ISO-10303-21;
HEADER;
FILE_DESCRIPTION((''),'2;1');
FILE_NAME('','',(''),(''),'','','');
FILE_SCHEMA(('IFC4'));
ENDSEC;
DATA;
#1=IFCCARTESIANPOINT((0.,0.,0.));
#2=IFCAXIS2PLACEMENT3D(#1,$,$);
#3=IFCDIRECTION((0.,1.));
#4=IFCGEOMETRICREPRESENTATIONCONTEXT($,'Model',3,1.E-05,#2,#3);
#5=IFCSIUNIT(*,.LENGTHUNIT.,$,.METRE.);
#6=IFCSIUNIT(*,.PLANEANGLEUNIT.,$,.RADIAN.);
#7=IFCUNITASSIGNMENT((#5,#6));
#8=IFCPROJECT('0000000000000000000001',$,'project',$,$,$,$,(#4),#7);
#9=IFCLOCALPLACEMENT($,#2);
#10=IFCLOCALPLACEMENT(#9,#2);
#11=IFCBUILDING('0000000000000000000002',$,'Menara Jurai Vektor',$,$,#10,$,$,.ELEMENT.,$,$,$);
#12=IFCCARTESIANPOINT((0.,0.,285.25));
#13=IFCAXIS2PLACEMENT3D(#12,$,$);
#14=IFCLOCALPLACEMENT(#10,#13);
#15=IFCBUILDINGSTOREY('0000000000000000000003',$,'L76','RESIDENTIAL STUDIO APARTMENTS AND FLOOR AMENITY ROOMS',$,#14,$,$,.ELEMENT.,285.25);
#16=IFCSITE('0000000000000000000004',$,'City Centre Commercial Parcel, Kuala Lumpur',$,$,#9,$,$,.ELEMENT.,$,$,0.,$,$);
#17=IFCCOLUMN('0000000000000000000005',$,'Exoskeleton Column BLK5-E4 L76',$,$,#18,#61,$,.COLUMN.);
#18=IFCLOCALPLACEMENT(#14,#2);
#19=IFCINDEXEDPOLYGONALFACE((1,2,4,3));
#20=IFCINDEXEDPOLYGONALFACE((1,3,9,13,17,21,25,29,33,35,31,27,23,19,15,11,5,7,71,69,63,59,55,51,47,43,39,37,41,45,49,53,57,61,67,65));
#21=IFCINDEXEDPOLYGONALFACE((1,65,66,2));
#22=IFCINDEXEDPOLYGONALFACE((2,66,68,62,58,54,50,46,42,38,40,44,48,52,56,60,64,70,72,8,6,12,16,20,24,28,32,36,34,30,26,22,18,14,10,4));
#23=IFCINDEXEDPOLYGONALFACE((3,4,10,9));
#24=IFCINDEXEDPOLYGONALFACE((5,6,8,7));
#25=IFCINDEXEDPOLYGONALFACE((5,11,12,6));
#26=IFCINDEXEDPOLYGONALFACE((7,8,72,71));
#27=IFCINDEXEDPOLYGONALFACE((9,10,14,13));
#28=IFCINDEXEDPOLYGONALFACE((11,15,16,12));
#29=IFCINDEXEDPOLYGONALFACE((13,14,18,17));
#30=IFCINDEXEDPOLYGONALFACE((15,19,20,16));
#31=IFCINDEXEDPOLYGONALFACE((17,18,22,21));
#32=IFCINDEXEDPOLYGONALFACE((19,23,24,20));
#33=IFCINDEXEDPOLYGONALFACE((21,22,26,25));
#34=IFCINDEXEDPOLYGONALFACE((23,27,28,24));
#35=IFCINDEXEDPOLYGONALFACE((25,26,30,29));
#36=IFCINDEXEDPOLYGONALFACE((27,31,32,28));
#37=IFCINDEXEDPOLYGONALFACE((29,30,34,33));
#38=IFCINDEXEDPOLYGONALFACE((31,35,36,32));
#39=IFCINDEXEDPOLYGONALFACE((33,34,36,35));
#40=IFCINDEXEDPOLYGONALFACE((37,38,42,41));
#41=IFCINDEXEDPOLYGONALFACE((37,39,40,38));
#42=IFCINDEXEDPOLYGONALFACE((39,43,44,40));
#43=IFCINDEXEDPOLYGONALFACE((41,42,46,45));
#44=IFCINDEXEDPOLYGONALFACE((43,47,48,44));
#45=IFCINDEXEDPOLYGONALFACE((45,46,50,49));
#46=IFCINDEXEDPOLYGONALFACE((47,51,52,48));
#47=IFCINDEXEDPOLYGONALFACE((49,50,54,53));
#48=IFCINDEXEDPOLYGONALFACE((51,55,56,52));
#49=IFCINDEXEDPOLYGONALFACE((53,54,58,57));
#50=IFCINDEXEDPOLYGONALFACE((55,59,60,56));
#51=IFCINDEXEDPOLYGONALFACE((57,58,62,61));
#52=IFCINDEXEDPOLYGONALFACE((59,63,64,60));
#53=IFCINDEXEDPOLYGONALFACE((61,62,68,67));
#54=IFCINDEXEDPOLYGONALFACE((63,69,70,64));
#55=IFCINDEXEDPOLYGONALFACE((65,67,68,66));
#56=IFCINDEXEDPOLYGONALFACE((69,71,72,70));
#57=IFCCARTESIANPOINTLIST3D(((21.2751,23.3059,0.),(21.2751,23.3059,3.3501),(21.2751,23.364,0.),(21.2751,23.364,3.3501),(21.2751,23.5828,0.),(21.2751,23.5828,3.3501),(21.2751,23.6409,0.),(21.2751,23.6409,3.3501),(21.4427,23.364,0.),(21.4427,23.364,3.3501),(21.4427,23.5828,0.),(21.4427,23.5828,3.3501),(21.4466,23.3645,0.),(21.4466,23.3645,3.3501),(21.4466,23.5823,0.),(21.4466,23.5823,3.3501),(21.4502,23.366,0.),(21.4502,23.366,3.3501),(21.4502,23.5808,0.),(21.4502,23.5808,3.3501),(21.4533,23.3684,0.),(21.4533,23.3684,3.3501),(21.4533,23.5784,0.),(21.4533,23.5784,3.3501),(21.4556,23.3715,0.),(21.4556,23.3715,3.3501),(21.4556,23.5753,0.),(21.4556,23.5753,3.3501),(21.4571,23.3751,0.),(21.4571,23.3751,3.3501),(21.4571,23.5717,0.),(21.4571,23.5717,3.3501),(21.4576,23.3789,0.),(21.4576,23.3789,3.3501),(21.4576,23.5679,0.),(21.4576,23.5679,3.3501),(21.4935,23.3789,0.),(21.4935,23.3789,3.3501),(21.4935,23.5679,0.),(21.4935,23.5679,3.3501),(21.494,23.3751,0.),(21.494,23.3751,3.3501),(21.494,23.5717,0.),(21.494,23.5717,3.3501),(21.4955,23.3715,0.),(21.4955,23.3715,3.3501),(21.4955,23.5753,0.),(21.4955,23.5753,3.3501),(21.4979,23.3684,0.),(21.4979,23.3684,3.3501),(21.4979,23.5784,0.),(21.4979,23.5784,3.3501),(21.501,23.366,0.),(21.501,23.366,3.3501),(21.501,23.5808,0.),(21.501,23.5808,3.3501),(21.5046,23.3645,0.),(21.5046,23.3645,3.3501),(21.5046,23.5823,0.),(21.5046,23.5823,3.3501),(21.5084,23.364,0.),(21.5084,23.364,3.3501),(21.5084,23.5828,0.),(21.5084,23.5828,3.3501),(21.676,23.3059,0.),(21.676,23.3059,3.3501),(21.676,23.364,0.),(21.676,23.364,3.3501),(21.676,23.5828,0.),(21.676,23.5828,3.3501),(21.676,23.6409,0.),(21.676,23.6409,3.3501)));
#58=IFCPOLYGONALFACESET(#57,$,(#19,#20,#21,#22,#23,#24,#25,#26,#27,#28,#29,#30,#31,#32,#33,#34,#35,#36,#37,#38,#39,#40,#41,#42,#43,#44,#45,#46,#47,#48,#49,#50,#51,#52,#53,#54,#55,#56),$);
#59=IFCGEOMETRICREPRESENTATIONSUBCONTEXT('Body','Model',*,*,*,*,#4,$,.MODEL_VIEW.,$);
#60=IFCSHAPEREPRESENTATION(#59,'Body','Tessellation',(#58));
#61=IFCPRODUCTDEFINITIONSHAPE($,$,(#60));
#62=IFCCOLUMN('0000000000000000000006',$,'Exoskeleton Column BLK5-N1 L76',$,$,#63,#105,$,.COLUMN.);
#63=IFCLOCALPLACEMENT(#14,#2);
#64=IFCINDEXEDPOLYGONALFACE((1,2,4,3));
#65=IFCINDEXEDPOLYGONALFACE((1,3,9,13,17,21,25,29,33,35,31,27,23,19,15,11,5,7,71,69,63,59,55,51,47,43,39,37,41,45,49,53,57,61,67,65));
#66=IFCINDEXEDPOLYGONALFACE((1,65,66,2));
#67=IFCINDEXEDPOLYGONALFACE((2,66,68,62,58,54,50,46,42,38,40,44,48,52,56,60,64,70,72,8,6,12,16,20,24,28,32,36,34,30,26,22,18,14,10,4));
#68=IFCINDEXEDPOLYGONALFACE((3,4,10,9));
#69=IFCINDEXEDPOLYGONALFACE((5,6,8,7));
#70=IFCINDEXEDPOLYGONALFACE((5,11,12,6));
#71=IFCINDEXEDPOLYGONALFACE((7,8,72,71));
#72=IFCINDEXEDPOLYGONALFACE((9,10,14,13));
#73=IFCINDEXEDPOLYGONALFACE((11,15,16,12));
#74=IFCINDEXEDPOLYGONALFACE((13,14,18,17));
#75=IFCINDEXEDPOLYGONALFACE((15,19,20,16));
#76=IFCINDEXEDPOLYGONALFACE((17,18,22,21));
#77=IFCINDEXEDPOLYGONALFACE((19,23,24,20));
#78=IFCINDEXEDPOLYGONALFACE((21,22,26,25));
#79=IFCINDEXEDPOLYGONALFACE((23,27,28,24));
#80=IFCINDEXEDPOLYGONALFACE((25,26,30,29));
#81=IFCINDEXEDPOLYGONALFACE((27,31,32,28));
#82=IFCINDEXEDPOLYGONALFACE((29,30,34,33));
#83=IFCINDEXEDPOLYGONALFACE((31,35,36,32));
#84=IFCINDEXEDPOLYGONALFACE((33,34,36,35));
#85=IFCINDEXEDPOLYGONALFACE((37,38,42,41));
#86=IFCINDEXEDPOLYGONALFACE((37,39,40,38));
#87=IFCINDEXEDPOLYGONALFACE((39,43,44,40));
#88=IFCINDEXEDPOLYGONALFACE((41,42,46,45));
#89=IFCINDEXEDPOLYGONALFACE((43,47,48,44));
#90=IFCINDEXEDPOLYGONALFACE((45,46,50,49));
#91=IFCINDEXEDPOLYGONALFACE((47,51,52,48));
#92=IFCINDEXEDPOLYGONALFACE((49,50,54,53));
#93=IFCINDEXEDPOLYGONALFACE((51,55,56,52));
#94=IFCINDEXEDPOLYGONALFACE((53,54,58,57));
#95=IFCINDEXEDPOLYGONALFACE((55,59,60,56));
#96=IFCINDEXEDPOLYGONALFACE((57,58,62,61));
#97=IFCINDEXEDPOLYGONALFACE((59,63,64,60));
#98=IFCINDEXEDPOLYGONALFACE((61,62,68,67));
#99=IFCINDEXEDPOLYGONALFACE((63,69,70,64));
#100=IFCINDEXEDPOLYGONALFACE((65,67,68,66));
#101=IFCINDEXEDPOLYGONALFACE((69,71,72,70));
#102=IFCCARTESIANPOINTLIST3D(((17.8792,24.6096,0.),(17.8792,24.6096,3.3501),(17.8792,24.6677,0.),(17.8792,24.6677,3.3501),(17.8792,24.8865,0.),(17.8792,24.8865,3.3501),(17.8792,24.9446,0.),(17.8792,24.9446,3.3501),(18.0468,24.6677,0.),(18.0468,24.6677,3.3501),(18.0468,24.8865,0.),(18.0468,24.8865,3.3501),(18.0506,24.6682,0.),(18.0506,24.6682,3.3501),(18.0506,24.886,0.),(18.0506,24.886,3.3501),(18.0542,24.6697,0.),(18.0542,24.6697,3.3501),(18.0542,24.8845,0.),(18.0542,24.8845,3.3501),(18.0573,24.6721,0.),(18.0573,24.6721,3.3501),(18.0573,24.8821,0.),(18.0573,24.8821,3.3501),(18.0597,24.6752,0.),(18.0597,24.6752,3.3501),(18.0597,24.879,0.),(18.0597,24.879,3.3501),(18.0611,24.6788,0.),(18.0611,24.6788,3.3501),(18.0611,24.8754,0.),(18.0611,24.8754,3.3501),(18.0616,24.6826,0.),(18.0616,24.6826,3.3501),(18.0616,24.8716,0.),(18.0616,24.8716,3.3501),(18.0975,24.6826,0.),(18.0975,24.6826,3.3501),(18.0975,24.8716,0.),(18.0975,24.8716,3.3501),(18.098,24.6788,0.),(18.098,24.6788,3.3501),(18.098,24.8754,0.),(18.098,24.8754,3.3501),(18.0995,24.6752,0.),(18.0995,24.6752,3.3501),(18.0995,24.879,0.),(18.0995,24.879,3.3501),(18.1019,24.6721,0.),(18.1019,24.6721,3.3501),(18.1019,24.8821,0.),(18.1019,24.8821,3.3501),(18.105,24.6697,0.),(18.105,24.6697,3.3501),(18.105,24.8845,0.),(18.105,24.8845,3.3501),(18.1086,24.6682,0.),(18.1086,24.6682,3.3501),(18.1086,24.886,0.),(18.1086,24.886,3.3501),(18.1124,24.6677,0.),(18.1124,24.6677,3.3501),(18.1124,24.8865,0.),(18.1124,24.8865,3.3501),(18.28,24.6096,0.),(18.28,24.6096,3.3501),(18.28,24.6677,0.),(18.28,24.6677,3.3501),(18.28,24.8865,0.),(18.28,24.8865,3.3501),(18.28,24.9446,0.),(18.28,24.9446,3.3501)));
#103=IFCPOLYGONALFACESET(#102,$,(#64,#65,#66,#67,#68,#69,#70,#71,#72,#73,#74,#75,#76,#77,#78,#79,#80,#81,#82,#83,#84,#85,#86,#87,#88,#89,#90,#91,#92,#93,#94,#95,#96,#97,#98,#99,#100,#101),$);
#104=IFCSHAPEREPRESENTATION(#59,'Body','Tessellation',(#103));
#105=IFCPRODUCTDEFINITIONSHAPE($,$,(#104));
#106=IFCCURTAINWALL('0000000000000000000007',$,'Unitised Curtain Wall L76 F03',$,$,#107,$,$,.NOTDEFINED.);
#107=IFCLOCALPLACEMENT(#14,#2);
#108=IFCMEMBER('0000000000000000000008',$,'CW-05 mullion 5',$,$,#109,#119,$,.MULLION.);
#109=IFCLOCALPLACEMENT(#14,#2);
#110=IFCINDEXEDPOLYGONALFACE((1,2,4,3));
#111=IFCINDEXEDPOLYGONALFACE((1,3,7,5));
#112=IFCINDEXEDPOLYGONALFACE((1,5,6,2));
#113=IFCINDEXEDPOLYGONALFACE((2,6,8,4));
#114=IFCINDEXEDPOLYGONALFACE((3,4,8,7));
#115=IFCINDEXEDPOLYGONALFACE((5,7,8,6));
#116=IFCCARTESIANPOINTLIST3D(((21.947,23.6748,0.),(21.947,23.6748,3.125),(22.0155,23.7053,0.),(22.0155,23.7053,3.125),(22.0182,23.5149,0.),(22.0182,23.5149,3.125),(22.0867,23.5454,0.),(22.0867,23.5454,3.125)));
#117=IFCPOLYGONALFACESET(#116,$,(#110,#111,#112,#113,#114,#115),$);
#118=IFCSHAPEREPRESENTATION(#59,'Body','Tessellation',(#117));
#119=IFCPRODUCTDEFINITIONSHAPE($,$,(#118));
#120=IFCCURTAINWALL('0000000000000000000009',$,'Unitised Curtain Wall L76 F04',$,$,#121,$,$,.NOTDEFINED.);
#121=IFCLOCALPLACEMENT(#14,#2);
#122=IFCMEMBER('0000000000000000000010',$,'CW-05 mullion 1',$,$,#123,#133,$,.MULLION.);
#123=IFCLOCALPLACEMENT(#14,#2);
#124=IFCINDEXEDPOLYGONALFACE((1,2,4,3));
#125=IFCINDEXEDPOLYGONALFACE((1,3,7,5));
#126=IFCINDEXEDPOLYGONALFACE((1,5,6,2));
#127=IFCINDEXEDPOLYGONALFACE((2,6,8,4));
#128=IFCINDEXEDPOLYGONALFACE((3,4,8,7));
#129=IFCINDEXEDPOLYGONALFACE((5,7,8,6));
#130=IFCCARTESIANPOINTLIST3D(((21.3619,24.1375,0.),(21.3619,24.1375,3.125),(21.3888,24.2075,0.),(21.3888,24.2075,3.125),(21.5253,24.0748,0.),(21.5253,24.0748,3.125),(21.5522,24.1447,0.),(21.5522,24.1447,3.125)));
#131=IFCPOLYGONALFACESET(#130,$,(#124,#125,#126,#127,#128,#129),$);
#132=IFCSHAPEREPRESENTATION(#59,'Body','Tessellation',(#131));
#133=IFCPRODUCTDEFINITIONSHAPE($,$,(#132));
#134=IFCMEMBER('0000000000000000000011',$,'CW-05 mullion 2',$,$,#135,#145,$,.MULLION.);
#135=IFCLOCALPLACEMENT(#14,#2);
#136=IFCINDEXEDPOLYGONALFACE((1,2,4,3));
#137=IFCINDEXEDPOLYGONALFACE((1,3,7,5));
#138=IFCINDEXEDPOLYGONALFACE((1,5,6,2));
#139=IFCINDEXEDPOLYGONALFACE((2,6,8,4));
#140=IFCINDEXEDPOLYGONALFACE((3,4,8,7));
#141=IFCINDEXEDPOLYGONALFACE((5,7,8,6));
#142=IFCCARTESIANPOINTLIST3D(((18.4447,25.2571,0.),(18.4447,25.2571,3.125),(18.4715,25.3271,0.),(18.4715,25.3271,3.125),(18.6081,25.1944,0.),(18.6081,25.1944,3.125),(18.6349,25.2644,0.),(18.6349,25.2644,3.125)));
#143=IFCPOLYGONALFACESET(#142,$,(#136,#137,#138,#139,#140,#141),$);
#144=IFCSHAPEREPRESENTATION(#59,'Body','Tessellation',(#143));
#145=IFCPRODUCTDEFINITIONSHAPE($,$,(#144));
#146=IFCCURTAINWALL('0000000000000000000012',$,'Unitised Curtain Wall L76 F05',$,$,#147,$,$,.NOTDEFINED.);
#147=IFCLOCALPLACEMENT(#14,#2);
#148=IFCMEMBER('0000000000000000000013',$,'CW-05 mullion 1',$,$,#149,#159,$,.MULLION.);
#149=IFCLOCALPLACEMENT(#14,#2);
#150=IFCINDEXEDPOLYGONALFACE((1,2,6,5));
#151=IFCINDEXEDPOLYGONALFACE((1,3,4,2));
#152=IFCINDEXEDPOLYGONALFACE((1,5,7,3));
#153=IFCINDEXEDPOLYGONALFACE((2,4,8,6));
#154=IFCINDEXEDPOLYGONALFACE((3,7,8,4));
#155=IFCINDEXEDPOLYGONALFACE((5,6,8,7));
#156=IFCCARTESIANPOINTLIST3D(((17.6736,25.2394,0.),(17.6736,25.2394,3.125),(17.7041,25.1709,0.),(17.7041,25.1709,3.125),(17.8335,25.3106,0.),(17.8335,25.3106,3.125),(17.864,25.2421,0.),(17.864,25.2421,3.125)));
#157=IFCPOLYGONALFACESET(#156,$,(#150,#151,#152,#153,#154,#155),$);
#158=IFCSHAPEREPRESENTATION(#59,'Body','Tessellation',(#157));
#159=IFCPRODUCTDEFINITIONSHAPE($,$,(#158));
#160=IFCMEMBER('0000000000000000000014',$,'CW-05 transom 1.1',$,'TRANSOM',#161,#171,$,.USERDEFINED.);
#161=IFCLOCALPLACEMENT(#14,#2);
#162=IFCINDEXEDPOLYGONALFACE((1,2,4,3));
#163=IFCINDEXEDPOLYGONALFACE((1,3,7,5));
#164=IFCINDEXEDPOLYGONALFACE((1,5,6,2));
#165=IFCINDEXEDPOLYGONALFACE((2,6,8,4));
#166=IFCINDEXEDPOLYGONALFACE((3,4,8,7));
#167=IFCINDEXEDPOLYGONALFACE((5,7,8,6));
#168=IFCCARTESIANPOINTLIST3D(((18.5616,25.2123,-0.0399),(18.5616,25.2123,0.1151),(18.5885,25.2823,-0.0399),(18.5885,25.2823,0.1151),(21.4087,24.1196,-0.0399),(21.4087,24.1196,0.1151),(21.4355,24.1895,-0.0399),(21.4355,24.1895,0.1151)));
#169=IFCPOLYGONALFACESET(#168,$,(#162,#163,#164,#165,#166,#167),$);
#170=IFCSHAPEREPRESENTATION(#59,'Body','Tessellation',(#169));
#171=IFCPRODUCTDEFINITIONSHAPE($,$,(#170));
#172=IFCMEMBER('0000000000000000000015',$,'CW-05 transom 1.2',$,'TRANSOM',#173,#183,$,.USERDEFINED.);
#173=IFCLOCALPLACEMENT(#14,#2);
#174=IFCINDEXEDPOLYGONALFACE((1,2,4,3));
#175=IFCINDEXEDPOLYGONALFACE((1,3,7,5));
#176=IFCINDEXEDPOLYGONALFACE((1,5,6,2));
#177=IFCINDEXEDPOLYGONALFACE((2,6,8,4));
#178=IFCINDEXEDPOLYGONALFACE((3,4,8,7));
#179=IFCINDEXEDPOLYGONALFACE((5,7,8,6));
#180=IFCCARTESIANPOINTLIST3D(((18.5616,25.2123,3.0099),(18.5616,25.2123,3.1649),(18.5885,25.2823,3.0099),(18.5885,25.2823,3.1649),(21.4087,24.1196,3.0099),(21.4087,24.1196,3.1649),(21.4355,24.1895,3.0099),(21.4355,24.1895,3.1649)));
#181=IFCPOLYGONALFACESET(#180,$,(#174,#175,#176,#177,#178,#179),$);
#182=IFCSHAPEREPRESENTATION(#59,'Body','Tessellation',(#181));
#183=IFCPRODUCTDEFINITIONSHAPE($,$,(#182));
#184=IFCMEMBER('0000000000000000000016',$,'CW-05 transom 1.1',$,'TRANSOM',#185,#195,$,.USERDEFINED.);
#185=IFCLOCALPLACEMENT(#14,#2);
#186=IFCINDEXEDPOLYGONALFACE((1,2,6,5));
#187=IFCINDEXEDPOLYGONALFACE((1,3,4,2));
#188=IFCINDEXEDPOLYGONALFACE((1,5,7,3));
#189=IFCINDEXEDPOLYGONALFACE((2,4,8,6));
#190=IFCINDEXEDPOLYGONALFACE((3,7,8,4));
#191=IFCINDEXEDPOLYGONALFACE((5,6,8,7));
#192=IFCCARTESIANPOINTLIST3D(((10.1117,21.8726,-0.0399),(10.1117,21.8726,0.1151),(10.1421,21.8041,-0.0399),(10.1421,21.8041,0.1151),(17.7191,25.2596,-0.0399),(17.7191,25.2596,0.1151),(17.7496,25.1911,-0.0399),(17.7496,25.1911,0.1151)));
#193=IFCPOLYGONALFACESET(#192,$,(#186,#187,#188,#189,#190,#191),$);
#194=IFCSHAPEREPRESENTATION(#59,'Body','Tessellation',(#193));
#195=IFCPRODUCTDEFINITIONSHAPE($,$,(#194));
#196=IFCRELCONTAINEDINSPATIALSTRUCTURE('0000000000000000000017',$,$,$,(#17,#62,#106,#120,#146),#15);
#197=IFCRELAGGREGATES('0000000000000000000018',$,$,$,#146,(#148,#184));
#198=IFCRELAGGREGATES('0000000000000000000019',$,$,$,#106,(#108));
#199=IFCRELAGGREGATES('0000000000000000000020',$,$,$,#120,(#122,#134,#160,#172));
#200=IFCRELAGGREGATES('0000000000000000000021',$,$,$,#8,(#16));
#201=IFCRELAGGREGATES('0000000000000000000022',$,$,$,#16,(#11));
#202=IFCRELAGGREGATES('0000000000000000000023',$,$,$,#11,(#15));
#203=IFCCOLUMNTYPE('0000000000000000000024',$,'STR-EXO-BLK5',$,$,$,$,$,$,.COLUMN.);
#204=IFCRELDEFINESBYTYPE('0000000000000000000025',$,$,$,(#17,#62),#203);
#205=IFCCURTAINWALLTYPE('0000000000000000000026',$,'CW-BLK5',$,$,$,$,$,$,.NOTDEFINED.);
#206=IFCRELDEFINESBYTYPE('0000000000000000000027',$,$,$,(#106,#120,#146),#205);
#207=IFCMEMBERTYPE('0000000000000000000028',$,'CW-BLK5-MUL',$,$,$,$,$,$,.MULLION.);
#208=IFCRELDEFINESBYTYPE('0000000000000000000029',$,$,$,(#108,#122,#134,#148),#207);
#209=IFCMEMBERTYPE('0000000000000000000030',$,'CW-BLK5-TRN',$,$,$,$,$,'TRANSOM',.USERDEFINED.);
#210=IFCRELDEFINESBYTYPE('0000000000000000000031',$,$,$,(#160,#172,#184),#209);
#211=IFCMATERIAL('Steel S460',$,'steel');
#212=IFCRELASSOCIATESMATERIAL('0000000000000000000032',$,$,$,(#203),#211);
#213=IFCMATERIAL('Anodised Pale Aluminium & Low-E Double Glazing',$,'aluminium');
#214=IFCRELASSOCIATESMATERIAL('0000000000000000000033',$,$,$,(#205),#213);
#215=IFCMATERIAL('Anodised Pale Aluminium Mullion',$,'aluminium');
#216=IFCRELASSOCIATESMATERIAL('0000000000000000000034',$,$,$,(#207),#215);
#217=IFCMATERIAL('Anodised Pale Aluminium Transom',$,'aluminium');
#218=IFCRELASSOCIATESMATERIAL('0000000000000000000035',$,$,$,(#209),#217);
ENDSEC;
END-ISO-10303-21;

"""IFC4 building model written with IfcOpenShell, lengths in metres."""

from ifc_helpers import new_model, si_unit, direction, frame, origin, origin_2d, place, context, subcontext, project, spatial, rectangle, i_section, extrude, material, material_profile, profile_set, type_object, element, aggregate, save


model = new_model("IFC4")

# Units and contexts
model_context = context("Model", 3, precision=1e-05, world=origin(), true_north=direction((0.0, 1.0)))
body_context = subcontext(model_context, "Body", "Model", "MODEL_VIEW")
ifc_project = project(units=[si_unit("LENGTHUNIT", "METRE"), si_unit("PLANEANGLEUNIT", "RADIAN")], contexts=[model_context])

# Site, building, storey
site_placement = place(None, origin())
site = spatial("IfcSite", under=ifc_project, at=site_placement, Name="City Centre Commercial Parcel, Kuala Lumpur", CompositionType="ELEMENT", RefElevation=0.0)
building_placement = place(site_placement, origin())
building = spatial("IfcBuilding", under=site, at=building_placement, Name="Menara Jurai Vektor", CompositionType="ELEMENT")
storey_placement = place(building_placement, frame((0.0, 0.0, 285.25)))
storey = spatial("IfcBuildingStorey", under=building, at=storey_placement, Name="L76", Description="RESIDENTIAL STUDIO APARTMENTS AND FLOOR AMENITY ROOMS", CompositionType="ELEMENT", Elevation=285.25)

# Columns
ifc_material_1 = material(Name="Steel S460", Category="steel")
ifc_material_profile_1 = material_profile(ifc_material_1, i_section(OverallWidth=0.4009, OverallDepth=0.335, WebThickness=0.0359, FlangeThickness=0.0581, FilletRadius=0.0149, at=origin_2d()), Name="HD 400x463")
ifc_profile_set_1 = profile_set([ifc_material_profile_1], Name="Steel S460")
column_type = type_object("IfcColumnType", Name="STR-EXO-BLK5", PredefinedType="COLUMN", material=ifc_profile_set_1)
for number, where, z_axis, x_axis, name in (
    (1, (21.4756, 23.4734, 0.0), (0.0, 0.0, 1.0), (1.0, 0.0, 0.0), "Exoskeleton Column BLK5-E4 L76"),
    (2, (18.0796, 24.7771, 0.0), (0.0, 0.0, 1.0), (1.0, 0.0, 0.0), "Exoskeleton Column BLK5-N1 L76"),
):
    element("IfcColumn", number, at=place(storey_placement, frame(where, z_axis=z_axis, x_axis=x_axis)), inside=storey, type_object=column_type, Name=name, PredefinedType="COLUMN", context=body_context, shape_type="SweptSolid", body=[
        extrude(i_section(OverallWidth=0.4009, OverallDepth=0.335, WebThickness=0.0359, FlangeThickness=0.0581, FilletRadius=0.0149, at=origin_2d()), origin(), (0.0, 0.0, 1.0), 3.3501),
    ])

# Curtain wall, member
ifc_material_2 = material(Name="Anodised Pale Aluminium & Low-E Double Glazing", Category="aluminium")
curtain_wall_type = type_object("IfcCurtainWallType", Name="CW-BLK5", PredefinedType="NOTDEFINED", material=ifc_material_2)
curtain_wall_1_placement = place(storey_placement, origin())
curtain_wall_1 = element("IfcCurtainWall", 3, at=curtain_wall_1_placement, inside=storey, type_object=curtain_wall_type, Name="Unitised Curtain Wall L76 F03", PredefinedType="NOTDEFINED")
ifc_material_3 = material(Name="Anodised Pale Aluminium Mullion", Category="aluminium")
ifc_material_profile_2 = material_profile(ifc_material_3, rectangle(XDim=0.075, YDim=0.175, at=origin_2d()), Name="ALU MUL 75x175")
ifc_profile_set_2 = profile_set([ifc_material_profile_2], Name="Anodised Pale Aluminium Mullion")
member_type_1 = type_object("IfcMemberType", Name="CW-BLK5-MUL", PredefinedType="MULLION", material=ifc_profile_set_2)
member_1_placement = place(storey_placement, frame((22.0168, 23.6101, 0.0), z_axis=(0.0, 0.0, 1.0), x_axis=(-0.913546, -0.406735, 0.0)))
member_1 = element("IfcMember", 4, at=member_1_placement, type_object=member_type_1, Name="CW-05 mullion 5", PredefinedType="MULLION", context=body_context, shape_type="SweptSolid", body=[
    extrude(rectangle(XDim=0.075, YDim=0.175, at=origin_2d()), origin(), (0.0, 0.0, 1.0), 3.125),
])

# Curtain wall, members
curtain_wall_2_placement = place(storey_placement, origin())
curtain_wall_2 = element("IfcCurtainWall", 5, at=curtain_wall_2_placement, inside=storey, type_object=curtain_wall_type, Name="Unitised Curtain Wall L76 F04", PredefinedType="NOTDEFINED")
member_2_placement = place(storey_placement, frame((21.457, 24.1411, 0.0), z_axis=(0.0, 0.0, 1.0), x_axis=(-0.358374, -0.933578, 0.0)))
member_2 = element("IfcMember", 6, at=member_2_placement, type_object=member_type_1, Name="CW-05 mullion 1", PredefinedType="MULLION", context=body_context, shape_type="SweptSolid", body=[
    extrude(rectangle(XDim=0.075, YDim=0.175, at=origin_2d()), origin(), (0.0, 0.0, 1.0), 3.125),
])
member_3_placement = place(storey_placement, frame((18.5398, 25.2607, 0.0), z_axis=(0.0, 0.0, 1.0), x_axis=(-0.358374, -0.933578, 0.0)))
member_3 = element("IfcMember", 7, at=member_3_placement, type_object=member_type_1, Name="CW-05 mullion 2", PredefinedType="MULLION", context=body_context, shape_type="SweptSolid", body=[
    extrude(rectangle(XDim=0.075, YDim=0.175, at=origin_2d()), origin(), (0.0, 0.0, 1.0), 3.125),
])

# Curtain wall, member
curtain_wall_3_placement = place(storey_placement, origin())
curtain_wall_3 = element("IfcCurtainWall", 8, at=curtain_wall_3_placement, inside=storey, type_object=curtain_wall_type, Name="Unitised Curtain Wall L76 F05", PredefinedType="NOTDEFINED")
member_4_placement = place(storey_placement, frame((17.7688, 25.2407, 0.0), z_axis=(0.0, 0.0, 1.0), x_axis=(0.406735, -0.913546, 0.0)))
member_4 = element("IfcMember", 9, at=member_4_placement, type_object=member_type_1, Name="CW-05 mullion 1", PredefinedType="MULLION", context=body_context, shape_type="SweptSolid", body=[
    extrude(rectangle(XDim=0.075, YDim=0.175, at=origin_2d()), origin(), (0.0, 0.0, 1.0), 3.125),
])

# Members
ifc_material_4 = material(Name="Anodised Pale Aluminium Transom", Category="aluminium")
ifc_material_profile_3 = material_profile(ifc_material_4, rectangle(XDim=0.075, YDim=0.155, at=origin_2d()), Name="ALU TRN 75x155")
ifc_profile_set_3 = profile_set([ifc_material_profile_3], Name="Anodised Pale Aluminium Transom")
member_type_2 = type_object("IfcMemberType", Name="CW-BLK5-TRN", ElementType="TRANSOM", PredefinedType="USERDEFINED", material=ifc_profile_set_3)
member_5_placement = place(storey_placement, frame((21.4221, 24.1545, 0.0376), z_axis=(-0.933597, 0.358325, 0.0), x_axis=(-0.358325, -0.933597, 0.0)))
member_5 = element("IfcMember", 10, at=member_5_placement, type_object=member_type_2, Name="CW-05 transom 1.1", ObjectType="TRANSOM", PredefinedType="USERDEFINED", context=body_context, shape_type="SweptSolid", body=[
    extrude(rectangle(XDim=0.075, YDim=0.155, at=origin_2d()), origin(), (0.0, 0.0, 1.0), 3.0496),
])
member_6_placement = place(storey_placement, frame((21.4221, 24.1545, 3.0874), z_axis=(-0.933597, 0.358325, 0.0), x_axis=(-0.358325, -0.933597, 0.0)))
member_6 = element("IfcMember", 11, at=member_6_placement, type_object=member_type_2, Name="CW-05 transom 1.2", ObjectType="TRANSOM", PredefinedType="USERDEFINED", context=body_context, shape_type="SweptSolid", body=[
    extrude(rectangle(XDim=0.075, YDim=0.155, at=origin_2d()), origin(), (0.0, 0.0, 1.0), 3.0496),
])
member_7_placement = place(storey_placement, frame((17.7344, 25.2253, 0.0376), z_axis=(-0.913549, -0.406729, 0.0), x_axis=(0.406729, -0.913549, 0.0)))
member_7 = element("IfcMember", 12, at=member_7_placement, type_object=member_type_2, Name="CW-05 transom 1.1", ObjectType="TRANSOM", PredefinedType="USERDEFINED", context=body_context, shape_type="SweptSolid", body=[
    extrude(rectangle(XDim=0.075, YDim=0.155, at=origin_2d()), origin(), (0.0, 0.0, 1.0), 8.3274),
])
aggregate(curtain_wall_3, [member_4, member_7])

aggregate(curtain_wall_1, [member_1])
aggregate(curtain_wall_2, [member_2, member_3, member_5, member_6])

save(model, "model.ifc")
